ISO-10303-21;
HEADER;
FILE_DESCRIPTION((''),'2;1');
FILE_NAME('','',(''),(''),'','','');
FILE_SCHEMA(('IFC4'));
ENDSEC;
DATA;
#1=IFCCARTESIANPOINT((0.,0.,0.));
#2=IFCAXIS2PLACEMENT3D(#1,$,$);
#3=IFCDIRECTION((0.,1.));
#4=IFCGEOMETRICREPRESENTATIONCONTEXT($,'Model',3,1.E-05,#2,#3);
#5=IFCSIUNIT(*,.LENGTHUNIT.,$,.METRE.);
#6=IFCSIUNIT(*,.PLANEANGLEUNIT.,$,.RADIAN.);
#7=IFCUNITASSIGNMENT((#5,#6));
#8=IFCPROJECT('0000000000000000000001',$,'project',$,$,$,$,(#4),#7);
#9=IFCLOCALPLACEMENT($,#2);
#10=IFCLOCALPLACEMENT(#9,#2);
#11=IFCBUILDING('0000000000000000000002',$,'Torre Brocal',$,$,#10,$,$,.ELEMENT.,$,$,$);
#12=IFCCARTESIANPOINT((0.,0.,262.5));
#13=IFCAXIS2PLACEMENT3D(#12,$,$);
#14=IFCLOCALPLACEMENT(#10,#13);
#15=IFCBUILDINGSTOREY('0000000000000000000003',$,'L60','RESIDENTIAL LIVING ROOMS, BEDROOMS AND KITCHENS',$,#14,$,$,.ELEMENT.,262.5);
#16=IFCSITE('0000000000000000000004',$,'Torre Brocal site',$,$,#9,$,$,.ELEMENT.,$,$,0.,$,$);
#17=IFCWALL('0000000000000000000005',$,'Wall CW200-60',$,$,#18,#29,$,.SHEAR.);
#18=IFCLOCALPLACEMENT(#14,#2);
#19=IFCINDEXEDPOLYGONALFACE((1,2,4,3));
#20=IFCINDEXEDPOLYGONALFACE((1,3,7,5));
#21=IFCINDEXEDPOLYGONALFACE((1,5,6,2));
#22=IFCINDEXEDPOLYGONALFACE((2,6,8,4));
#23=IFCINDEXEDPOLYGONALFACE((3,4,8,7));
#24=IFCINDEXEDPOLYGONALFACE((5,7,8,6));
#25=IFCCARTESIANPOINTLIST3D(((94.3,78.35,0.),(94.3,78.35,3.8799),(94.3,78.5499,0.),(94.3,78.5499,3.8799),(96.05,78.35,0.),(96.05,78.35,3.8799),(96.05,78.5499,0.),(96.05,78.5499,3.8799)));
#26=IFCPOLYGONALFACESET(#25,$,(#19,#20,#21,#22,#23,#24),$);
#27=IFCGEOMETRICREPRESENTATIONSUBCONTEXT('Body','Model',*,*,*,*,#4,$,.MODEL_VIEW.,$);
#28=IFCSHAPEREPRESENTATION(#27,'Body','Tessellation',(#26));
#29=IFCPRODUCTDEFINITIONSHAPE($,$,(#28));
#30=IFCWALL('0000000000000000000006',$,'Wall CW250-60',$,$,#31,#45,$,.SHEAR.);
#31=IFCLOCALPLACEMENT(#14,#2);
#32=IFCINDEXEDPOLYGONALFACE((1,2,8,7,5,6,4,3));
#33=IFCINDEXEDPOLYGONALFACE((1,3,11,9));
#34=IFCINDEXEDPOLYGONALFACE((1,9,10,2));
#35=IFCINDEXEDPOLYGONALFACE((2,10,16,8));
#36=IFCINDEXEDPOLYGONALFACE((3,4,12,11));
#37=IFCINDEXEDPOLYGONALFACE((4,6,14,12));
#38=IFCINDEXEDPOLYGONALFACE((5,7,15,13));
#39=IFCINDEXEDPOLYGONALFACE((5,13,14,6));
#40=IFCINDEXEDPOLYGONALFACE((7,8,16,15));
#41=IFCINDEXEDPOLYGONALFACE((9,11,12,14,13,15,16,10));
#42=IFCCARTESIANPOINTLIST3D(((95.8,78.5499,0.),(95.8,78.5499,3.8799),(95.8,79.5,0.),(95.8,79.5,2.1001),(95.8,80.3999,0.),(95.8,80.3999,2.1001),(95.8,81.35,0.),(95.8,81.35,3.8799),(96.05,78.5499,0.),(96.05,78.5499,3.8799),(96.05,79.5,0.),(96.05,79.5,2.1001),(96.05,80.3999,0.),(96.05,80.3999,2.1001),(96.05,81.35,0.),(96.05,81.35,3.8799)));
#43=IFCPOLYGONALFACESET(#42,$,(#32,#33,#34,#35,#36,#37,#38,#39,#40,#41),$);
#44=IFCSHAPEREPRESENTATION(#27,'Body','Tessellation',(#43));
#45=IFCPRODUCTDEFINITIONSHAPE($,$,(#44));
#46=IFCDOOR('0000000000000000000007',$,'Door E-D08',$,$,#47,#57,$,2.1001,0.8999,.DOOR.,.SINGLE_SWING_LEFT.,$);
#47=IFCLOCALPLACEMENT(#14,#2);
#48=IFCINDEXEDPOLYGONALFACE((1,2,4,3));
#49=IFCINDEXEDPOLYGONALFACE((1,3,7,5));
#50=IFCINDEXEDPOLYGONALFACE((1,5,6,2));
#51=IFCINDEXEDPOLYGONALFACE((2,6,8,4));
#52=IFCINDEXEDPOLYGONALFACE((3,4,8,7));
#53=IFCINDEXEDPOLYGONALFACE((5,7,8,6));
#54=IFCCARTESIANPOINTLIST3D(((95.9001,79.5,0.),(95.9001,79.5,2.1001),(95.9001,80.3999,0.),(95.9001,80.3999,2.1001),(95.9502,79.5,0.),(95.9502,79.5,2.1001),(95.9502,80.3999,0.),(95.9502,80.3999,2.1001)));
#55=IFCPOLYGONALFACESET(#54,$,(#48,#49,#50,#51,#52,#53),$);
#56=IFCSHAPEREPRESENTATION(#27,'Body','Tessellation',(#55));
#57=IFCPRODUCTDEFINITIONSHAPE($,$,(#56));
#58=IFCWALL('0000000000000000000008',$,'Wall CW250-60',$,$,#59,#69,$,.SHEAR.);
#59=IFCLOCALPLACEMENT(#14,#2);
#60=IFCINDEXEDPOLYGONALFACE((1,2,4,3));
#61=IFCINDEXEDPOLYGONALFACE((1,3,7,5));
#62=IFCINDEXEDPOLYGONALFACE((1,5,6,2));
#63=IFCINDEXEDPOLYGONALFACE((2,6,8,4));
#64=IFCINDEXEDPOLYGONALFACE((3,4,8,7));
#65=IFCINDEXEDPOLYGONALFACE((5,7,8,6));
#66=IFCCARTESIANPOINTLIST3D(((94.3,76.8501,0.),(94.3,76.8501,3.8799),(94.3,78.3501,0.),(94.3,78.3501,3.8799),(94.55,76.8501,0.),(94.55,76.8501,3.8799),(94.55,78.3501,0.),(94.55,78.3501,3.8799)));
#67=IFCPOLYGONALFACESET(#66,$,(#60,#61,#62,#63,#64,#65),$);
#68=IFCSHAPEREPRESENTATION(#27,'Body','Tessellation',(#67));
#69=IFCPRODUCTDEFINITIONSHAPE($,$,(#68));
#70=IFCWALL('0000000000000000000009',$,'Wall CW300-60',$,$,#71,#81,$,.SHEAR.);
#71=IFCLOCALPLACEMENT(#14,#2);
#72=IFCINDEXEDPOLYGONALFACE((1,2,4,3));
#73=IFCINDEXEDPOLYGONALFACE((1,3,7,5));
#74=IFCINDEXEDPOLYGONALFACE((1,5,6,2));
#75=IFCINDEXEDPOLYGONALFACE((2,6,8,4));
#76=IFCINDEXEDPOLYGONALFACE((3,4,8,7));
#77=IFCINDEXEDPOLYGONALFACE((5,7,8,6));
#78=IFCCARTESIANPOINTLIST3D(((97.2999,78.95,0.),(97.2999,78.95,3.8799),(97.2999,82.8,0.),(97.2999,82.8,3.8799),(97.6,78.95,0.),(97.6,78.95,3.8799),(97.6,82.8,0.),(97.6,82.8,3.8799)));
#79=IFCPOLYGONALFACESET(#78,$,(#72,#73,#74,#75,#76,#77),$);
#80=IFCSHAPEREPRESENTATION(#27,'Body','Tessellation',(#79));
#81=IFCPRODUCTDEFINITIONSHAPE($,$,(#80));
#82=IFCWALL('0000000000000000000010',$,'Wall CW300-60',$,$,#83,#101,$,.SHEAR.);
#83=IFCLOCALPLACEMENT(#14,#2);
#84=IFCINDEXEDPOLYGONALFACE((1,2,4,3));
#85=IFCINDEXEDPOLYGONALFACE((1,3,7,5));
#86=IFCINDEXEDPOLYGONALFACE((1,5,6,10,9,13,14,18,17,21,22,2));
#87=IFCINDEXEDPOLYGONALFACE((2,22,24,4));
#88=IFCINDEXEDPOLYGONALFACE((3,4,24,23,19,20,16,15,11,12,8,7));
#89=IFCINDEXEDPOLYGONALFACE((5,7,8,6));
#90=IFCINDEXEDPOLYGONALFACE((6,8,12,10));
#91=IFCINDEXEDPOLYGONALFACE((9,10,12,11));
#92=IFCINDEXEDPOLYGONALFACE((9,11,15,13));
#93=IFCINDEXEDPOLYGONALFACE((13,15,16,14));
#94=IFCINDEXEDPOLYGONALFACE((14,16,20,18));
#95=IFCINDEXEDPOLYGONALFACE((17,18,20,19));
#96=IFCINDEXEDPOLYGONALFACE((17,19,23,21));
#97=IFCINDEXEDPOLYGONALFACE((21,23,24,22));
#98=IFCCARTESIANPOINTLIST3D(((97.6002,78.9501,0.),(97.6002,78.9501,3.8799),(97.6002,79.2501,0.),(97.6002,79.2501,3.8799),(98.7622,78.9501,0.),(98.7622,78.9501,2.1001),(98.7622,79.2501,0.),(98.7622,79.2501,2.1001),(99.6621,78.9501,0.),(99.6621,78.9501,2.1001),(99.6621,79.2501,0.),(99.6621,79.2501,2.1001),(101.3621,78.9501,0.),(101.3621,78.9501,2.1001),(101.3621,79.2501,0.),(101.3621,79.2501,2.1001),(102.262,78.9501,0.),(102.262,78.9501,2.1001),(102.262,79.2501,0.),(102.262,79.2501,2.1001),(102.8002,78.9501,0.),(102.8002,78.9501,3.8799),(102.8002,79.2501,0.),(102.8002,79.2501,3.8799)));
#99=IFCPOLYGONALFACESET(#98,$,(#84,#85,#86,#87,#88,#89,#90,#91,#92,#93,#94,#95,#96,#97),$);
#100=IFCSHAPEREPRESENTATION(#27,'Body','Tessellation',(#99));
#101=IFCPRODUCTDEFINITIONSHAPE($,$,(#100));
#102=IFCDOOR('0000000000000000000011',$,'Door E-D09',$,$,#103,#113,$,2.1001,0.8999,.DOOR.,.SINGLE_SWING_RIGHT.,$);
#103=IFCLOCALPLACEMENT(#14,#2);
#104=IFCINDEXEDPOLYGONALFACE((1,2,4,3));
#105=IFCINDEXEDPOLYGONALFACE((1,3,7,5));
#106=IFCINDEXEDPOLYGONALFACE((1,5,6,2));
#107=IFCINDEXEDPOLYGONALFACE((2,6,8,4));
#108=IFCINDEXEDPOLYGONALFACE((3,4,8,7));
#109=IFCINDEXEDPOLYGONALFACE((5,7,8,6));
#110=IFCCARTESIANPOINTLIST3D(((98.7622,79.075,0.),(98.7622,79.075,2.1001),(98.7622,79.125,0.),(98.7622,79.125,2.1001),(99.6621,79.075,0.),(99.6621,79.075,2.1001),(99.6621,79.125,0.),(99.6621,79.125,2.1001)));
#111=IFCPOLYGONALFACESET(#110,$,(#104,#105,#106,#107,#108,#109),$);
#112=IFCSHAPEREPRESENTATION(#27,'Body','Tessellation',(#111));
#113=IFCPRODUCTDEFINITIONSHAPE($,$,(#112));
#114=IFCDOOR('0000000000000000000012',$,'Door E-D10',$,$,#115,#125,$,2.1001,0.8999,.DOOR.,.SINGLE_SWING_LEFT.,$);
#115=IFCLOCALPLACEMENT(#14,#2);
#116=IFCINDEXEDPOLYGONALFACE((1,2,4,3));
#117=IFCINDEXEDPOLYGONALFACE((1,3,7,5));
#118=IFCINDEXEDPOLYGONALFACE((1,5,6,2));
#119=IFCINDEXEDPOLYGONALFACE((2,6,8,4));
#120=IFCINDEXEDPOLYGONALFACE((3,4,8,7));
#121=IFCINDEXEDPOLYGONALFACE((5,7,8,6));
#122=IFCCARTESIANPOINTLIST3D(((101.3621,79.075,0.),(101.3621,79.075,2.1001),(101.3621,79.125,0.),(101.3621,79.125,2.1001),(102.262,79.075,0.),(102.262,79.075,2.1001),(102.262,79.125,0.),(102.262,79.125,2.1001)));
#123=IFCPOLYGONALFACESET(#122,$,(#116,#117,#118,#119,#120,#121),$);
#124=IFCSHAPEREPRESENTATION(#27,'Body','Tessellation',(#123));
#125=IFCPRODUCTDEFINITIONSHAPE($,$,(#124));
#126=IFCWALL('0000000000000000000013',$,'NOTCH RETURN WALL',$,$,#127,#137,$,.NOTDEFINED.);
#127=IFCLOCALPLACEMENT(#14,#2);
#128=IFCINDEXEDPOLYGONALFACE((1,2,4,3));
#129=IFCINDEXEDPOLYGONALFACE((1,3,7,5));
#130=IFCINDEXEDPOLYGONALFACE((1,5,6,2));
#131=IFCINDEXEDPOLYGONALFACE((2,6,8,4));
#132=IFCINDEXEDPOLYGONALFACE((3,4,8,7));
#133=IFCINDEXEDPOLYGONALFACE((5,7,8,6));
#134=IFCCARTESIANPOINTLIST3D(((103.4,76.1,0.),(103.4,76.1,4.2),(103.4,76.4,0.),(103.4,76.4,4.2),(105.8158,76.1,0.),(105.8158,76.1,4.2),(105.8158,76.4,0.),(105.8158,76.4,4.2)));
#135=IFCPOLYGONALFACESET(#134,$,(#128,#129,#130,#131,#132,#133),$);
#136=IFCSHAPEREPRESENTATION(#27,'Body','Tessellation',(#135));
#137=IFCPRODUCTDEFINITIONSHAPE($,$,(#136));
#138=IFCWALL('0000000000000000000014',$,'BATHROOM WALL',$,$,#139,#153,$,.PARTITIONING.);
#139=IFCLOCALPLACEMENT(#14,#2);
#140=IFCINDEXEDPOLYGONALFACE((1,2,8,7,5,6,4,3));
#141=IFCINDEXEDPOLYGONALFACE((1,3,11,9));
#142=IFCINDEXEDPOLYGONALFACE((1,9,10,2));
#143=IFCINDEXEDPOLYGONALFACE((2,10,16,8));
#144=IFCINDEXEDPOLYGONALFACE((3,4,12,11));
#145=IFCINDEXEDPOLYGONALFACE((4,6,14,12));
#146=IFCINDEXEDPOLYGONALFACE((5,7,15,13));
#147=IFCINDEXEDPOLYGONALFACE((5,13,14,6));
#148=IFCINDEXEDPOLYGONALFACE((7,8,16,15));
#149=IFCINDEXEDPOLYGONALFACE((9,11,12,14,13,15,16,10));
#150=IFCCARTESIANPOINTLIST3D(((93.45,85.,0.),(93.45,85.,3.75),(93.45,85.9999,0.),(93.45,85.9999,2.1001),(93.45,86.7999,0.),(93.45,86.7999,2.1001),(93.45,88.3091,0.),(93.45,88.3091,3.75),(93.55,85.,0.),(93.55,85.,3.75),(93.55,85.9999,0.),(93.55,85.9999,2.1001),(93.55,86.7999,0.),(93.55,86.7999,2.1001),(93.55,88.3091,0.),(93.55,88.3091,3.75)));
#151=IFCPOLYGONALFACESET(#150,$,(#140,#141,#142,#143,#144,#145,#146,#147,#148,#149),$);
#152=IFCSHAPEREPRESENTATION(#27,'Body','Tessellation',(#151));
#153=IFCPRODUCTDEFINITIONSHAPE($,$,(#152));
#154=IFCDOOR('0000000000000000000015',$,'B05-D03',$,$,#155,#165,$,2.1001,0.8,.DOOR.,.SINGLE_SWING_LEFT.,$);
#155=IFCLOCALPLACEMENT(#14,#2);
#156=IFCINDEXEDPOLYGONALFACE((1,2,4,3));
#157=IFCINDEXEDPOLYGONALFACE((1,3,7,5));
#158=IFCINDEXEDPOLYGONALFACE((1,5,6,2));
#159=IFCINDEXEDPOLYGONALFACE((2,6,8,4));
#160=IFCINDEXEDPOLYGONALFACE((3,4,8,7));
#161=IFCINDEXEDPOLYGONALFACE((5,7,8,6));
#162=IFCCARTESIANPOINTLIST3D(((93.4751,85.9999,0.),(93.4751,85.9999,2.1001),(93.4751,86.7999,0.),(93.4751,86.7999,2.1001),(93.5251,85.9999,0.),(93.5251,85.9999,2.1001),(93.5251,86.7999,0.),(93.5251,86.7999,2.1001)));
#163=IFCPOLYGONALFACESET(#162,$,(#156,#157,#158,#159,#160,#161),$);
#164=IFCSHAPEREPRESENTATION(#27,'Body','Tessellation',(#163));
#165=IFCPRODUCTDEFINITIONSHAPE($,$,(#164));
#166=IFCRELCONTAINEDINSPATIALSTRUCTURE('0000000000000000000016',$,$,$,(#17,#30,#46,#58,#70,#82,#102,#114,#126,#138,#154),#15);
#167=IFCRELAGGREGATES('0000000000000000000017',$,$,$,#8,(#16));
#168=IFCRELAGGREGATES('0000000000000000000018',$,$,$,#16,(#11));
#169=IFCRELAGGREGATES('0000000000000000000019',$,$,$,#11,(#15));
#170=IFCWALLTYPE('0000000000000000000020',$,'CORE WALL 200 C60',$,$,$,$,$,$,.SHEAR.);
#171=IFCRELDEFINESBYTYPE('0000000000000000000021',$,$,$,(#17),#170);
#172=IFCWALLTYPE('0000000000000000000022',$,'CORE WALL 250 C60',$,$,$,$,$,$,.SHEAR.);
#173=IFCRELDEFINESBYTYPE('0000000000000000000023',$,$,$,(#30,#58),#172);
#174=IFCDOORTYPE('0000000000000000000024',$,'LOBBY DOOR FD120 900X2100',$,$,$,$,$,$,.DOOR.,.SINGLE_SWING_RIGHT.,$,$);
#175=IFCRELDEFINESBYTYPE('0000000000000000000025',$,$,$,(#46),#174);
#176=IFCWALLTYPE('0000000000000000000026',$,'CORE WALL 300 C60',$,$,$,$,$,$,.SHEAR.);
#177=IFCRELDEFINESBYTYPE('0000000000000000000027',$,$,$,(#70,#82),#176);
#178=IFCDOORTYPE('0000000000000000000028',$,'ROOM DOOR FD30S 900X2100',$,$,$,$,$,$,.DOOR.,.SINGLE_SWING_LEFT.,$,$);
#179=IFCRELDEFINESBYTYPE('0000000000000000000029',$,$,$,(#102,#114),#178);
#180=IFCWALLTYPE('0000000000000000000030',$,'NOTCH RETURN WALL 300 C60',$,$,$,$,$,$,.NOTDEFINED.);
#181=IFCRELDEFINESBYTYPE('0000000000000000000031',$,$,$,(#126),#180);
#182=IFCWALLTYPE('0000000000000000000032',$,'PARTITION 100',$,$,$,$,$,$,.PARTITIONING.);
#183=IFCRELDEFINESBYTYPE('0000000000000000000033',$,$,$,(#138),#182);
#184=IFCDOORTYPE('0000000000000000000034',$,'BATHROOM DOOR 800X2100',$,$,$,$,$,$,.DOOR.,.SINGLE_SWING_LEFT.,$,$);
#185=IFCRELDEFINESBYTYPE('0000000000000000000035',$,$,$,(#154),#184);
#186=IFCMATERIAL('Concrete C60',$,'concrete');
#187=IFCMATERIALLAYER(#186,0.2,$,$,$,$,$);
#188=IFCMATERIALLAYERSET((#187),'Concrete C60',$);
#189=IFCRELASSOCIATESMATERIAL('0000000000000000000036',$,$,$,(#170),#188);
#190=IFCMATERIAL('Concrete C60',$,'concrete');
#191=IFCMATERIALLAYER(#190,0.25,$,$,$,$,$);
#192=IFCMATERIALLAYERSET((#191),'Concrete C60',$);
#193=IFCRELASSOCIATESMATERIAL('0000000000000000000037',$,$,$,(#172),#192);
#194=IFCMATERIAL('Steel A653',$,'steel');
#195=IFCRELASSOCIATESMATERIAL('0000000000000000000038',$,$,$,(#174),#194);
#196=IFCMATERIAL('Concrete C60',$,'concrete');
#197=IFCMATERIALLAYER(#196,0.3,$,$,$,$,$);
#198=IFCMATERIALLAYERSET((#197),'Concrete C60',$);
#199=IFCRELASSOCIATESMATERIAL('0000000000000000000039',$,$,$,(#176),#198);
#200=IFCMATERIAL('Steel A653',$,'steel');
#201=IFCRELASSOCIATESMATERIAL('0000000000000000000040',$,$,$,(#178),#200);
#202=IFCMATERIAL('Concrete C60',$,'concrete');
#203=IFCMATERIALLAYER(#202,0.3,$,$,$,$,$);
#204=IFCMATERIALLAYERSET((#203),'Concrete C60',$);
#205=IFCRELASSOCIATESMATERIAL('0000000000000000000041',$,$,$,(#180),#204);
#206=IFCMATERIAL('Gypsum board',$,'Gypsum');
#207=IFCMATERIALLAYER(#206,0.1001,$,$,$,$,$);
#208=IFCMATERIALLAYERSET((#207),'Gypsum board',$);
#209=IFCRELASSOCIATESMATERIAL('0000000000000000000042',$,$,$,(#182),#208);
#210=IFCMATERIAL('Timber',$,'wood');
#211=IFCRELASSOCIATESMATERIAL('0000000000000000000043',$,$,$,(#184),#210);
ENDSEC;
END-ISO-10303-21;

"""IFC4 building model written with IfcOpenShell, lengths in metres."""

from ifc_helpers import new_model, si_unit, direction, frame, frame_2d, origin, place, context, subcontext, project, spatial, rectangle, extrude, material, layer, layer_set, type_object, element, fill, save


model = new_model("IFC4")

# Units and contexts
model_context = context("Model", 3, precision=1e-05, world=origin(), true_north=direction((0.0, 1.0)))
body_context = subcontext(model_context, "Body", "Model", "MODEL_VIEW")
ifc_project = project(units=[si_unit("LENGTHUNIT", "METRE"), si_unit("PLANEANGLEUNIT", "RADIAN")], contexts=[model_context])

# Site, building, storey
site_placement = place(None, origin())
site = spatial("IfcSite", under=ifc_project, at=site_placement, Name="Torre Brocal site", CompositionType="ELEMENT", RefElevation=0.0)
building_placement = place(site_placement, origin())
building = spatial("IfcBuilding", under=site, at=building_placement, Name="Torre Brocal", CompositionType="ELEMENT")
storey_placement = place(building_placement, frame((0.0, 0.0, 262.5)))
storey = spatial("IfcBuildingStorey", under=building, at=storey_placement, Name="L60", Description="RESIDENTIAL LIVING ROOMS, BEDROOMS AND KITCHENS", CompositionType="ELEMENT", Elevation=262.5)

# Wall
ifc_material_1 = material(Name="Concrete C60", Category="concrete")
ifc_layer_1 = layer(ifc_material_1, 0.2)
ifc_layer_set_1 = layer_set([ifc_layer_1], Name="Concrete C60")
wall_type_1 = type_object("IfcWallType", Name="CORE WALL 200 C60", PredefinedType="SHEAR", material=ifc_layer_set_1)
wall_1_placement = place(storey_placement, frame((94.3, 78.45, 0.0), z_axis=(0.0, 0.0, 1.0), x_axis=(1.0, 0.0, 0.0)))
element("IfcWall", 1, at=wall_1_placement, inside=storey, type_object=wall_type_1, Name="Wall CW200-60", PredefinedType="SHEAR", context=body_context, shape_type="SweptSolid", body=[
    extrude(rectangle(XDim=1.75, YDim=0.2, at=frame_2d((0.875, 0.0))), origin(), (0.0, 0.0, 1.0), 3.8799),
])

# Wall, opening, door
ifc_material_2 = material(Name="Concrete C60", Category="concrete")
ifc_layer_2 = layer(ifc_material_2, 0.25)
ifc_layer_set_2 = layer_set([ifc_layer_2], Name="Concrete C60")
wall_type_2 = type_object("IfcWallType", Name="CORE WALL 250 C60", PredefinedType="SHEAR", material=ifc_layer_set_2)
wall_2_placement = place(storey_placement, frame((95.925, 78.55, 0.0), z_axis=(0.0, 0.0, 1.0), x_axis=(0.0, 1.0, 0.0)))
wall_2 = element("IfcWall", 2, at=wall_2_placement, inside=storey, type_object=wall_type_2, Name="Wall CW250-60", PredefinedType="SHEAR", context=body_context, shape_type="SweptSolid", body=[
    extrude(rectangle(XDim=2.8, YDim=0.25, at=frame_2d((1.3999, 0.0))), origin(), (0.0, 0.0, 1.0), 3.8799),
])
opening_1_placement = place(wall_2_placement, frame((0.95, 0.0, 0.0)))
opening_1 = element("IfcOpeningElement", 3, at=opening_1_placement, cuts=wall_2, PredefinedType="OPENING", context=body_context, shape_type="SweptSolid", body=[
    extrude(rectangle(XDim=0.8999, YDim=2.1001, at=frame_2d((0.45, 1.05))), frame((0.0, 0.135, 0.0), z_axis=(0.0, -1.0, 0.0), x_axis=(1.0, 0.0, 0.0)), (0.0, 0.0, 1.0), 0.27),
])
ifc_material_3 = material(Name="Steel A653", Category="steel")
door_type_1 = type_object("IfcDoorType", Name="LOBBY DOOR FD120 900X2100", OperationType="SINGLE_SWING_RIGHT", PredefinedType="DOOR", material=ifc_material_3)
door_1_placement = place(opening_1_placement, origin())
door_1 = element("IfcDoor", 4, at=door_1_placement, inside=storey, type_object=door_type_1, Name="Door E-D08", OperationType="SINGLE_SWING_LEFT", OverallHeight=2.1001, OverallWidth=0.8999, PredefinedType="DOOR", context=body_context, shape_type="SweptSolid", body=[
    extrude(rectangle(XDim=0.8999, YDim=2.1001, at=frame_2d((0.45, 1.05))), frame((0.0, 0.0249, 0.0), z_axis=(0.0, -1.0, 0.0), x_axis=(1.0, 0.0, 0.0)), (0.0, 0.0, 1.0), 0.05),
])
fill(opening_1, door_1)

# Walls
wall_3_placement = place(storey_placement, frame((94.425, 76.8501, 0.0), z_axis=(0.0, 0.0, 1.0), x_axis=(0.0, 1.0, 0.0)))
element("IfcWall", 5, at=wall_3_placement, inside=storey, type_object=wall_type_2, Name="Wall CW250-60", PredefinedType="SHEAR", context=body_context, shape_type="SweptSolid", body=[
    extrude(rectangle(XDim=1.5, YDim=0.25, at=frame_2d((0.75, 0.0))), origin(), (0.0, 0.0, 1.0), 3.8799),
])
ifc_material_4 = material(Name="Concrete C60", Category="concrete")
ifc_layer_3 = layer(ifc_material_4, 0.3)
ifc_layer_set_3 = layer_set([ifc_layer_3], Name="Concrete C60")
wall_type_3 = type_object("IfcWallType", Name="CORE WALL 300 C60", PredefinedType="SHEAR", material=ifc_layer_set_3)
wall_4_placement = place(storey_placement, frame((97.45, 78.95, 0.0), z_axis=(0.0, 0.0, 1.0), x_axis=(0.0, 1.0, 0.0)))
element("IfcWall", 6, at=wall_4_placement, inside=storey, type_object=wall_type_3, Name="Wall CW300-60", PredefinedType="SHEAR", context=body_context, shape_type="SweptSolid", body=[
    extrude(rectangle(XDim=3.8501, YDim=0.3, at=frame_2d((1.925, 0.0))), origin(), (0.0, 0.0, 1.0), 3.8799),
])

# Wall, openings, doors
wall_5_placement = place(storey_placement, frame((97.6001, 79.1001, 0.0), z_axis=(0.0, 0.0, 1.0), x_axis=(1.0, 0.0, 0.0)))
wall_5 = element("IfcWall", 7, at=wall_5_placement, inside=storey, type_object=wall_type_3, Name="Wall CW300-60", PredefinedType="SHEAR", context=body_context, shape_type="SweptSolid", body=[
    extrude(rectangle(XDim=5.2, YDim=0.3, at=frame_2d((2.6001, 0.0))), origin(), (0.0, 0.0, 1.0), 3.8799),
])
opening_2_placement = place(wall_5_placement, frame((1.1621, 0.0, 0.0)))
opening_2 = element("IfcOpeningElement", 8, at=opening_2_placement, cuts=wall_5, PredefinedType="OPENING", context=body_context, shape_type="SweptSolid", body=[
    extrude(rectangle(XDim=0.8999, YDim=2.1001, at=frame_2d((0.45, 1.05))), frame((0.0, 0.1599, 0.0), z_axis=(0.0, -1.0, 0.0), x_axis=(1.0, 0.0, 0.0)), (0.0, 0.0, 1.0), 0.3201),
])
opening_3_placement = place(wall_5_placement, frame((3.762, 0.0, 0.0)))
opening_3 = element("IfcOpeningElement", 9, at=opening_3_placement, cuts=wall_5, PredefinedType="OPENING", context=body_context, shape_type="SweptSolid", body=[
    extrude(rectangle(XDim=0.8999, YDim=2.1001, at=frame_2d((0.45, 1.05))), frame((0.0, 0.1599, 0.0), z_axis=(0.0, -1.0, 0.0), x_axis=(1.0, 0.0, 0.0)), (0.0, 0.0, 1.0), 0.3201),
])
ifc_material_5 = material(Name="Steel A653", Category="steel")
door_type_2 = type_object("IfcDoorType", Name="ROOM DOOR FD30S 900X2100", OperationType="SINGLE_SWING_LEFT", PredefinedType="DOOR", material=ifc_material_5)
door_2_placement = place(opening_2_placement, origin())
door_2 = element("IfcDoor", 10, at=door_2_placement, inside=storey, type_object=door_type_2, Name="Door E-D09", OperationType="SINGLE_SWING_RIGHT", OverallHeight=2.1001, OverallWidth=0.8999, PredefinedType="DOOR", context=body_context, shape_type="SweptSolid", body=[
    extrude(rectangle(XDim=0.8999, YDim=2.1001, at=frame_2d((0.45, 1.05))), frame((0.0, 0.0249, 0.0), z_axis=(0.0, -1.0, 0.0), x_axis=(1.0, 0.0, 0.0)), (0.0, 0.0, 1.0), 0.05),
])
fill(opening_2, door_2)
door_3_placement = place(opening_3_placement, origin())
door_3 = element("IfcDoor", 11, at=door_3_placement, inside=storey, type_object=door_type_2, Name="Door E-D10", OperationType="SINGLE_SWING_LEFT", OverallHeight=2.1001, OverallWidth=0.8999, PredefinedType="DOOR", context=body_context, shape_type="SweptSolid", body=[
    extrude(rectangle(XDim=0.8999, YDim=2.1001, at=frame_2d((0.45, 1.05))), frame((0.0, 0.0249, 0.0), z_axis=(0.0, -1.0, 0.0), x_axis=(1.0, 0.0, 0.0)), (0.0, 0.0, 1.0), 0.05),
])
fill(opening_3, door_3)

# Wall
ifc_material_6 = material(Name="Concrete C60", Category="concrete")
ifc_layer_4 = layer(ifc_material_6, 0.3)
ifc_layer_set_4 = layer_set([ifc_layer_4], Name="Concrete C60")
wall_type_4 = type_object("IfcWallType", Name="NOTCH RETURN WALL 300 C60", PredefinedType="NOTDEFINED", material=ifc_layer_set_4)
wall_6_placement = place(storey_placement, frame((103.3999, 76.25, 0.0), z_axis=(0.0, 0.0, 1.0), x_axis=(1.0, 0.0, 0.0)))
element("IfcWall", 12, at=wall_6_placement, inside=storey, type_object=wall_type_4, Name="NOTCH RETURN WALL", PredefinedType="NOTDEFINED", context=body_context, shape_type="SweptSolid", body=[
    extrude(rectangle(XDim=2.4158, YDim=0.3, at=frame_2d((1.208, 0.0))), origin(), (0.0, 0.0, 1.0), 4.2),
])

# Wall, opening, door
ifc_material_7 = material(Name="Gypsum board", Category="Gypsum")
ifc_layer_5 = layer(ifc_material_7, 0.1001)
ifc_layer_set_5 = layer_set([ifc_layer_5], Name="Gypsum board")
wall_type_5 = type_object("IfcWallType", Name="PARTITION 100", PredefinedType="PARTITIONING", material=ifc_layer_set_5)
wall_7_placement = place(storey_placement, frame((93.5, 85.0, 0.0), z_axis=(0.0, 0.0, 1.0), x_axis=(0.0, 1.0, 0.0)))
wall_7 = element("IfcWall", 13, at=wall_7_placement, inside=storey, type_object=wall_type_5, Name="BATHROOM WALL", PredefinedType="PARTITIONING", context=body_context, shape_type="SweptSolid", body=[
    extrude(rectangle(XDim=3.3091, YDim=0.1001, at=frame_2d((1.6545, 0.0))), origin(), (0.0, 0.0, 1.0), 3.75),
])
opening_4_placement = place(wall_7_placement, frame((1.0, 0.0, 0.0)))
opening_4 = element("IfcOpeningElement", 14, at=opening_4_placement, cuts=wall_7, PredefinedType="OPENING", context=body_context, shape_type="SweptSolid", body=[
    extrude(rectangle(XDim=0.8, YDim=2.1001, at=frame_2d((0.3999, 1.05))), frame((0.0, 0.0601, 0.0), z_axis=(0.0, -1.0, 0.0), x_axis=(1.0, 0.0, 0.0)), (0.0, 0.0, 1.0), 0.1201),
])
ifc_material_8 = material(Name="Timber", Category="wood")
door_type_3 = type_object("IfcDoorType", Name="BATHROOM DOOR 800X2100", OperationType="SINGLE_SWING_LEFT", PredefinedType="DOOR", material=ifc_material_8)
door_4_placement = place(opening_4_placement, origin())
door_4 = element("IfcDoor", 15, at=door_4_placement, inside=storey, type_object=door_type_3, Name="B05-D03", OperationType="SINGLE_SWING_LEFT", OverallHeight=2.1001, OverallWidth=0.8, PredefinedType="DOOR", context=body_context, shape_type="SweptSolid", body=[
    extrude(rectangle(XDim=0.8, YDim=2.1001, at=frame_2d((0.3999, 1.05))), frame((0.0, 0.0249, 0.0), z_axis=(0.0, -1.0, 0.0), x_axis=(1.0, 0.0, 0.0)), (0.0, 0.0, 1.0), 0.05),
])
fill(opening_4, door_4)

save(model, "model.ifc")
